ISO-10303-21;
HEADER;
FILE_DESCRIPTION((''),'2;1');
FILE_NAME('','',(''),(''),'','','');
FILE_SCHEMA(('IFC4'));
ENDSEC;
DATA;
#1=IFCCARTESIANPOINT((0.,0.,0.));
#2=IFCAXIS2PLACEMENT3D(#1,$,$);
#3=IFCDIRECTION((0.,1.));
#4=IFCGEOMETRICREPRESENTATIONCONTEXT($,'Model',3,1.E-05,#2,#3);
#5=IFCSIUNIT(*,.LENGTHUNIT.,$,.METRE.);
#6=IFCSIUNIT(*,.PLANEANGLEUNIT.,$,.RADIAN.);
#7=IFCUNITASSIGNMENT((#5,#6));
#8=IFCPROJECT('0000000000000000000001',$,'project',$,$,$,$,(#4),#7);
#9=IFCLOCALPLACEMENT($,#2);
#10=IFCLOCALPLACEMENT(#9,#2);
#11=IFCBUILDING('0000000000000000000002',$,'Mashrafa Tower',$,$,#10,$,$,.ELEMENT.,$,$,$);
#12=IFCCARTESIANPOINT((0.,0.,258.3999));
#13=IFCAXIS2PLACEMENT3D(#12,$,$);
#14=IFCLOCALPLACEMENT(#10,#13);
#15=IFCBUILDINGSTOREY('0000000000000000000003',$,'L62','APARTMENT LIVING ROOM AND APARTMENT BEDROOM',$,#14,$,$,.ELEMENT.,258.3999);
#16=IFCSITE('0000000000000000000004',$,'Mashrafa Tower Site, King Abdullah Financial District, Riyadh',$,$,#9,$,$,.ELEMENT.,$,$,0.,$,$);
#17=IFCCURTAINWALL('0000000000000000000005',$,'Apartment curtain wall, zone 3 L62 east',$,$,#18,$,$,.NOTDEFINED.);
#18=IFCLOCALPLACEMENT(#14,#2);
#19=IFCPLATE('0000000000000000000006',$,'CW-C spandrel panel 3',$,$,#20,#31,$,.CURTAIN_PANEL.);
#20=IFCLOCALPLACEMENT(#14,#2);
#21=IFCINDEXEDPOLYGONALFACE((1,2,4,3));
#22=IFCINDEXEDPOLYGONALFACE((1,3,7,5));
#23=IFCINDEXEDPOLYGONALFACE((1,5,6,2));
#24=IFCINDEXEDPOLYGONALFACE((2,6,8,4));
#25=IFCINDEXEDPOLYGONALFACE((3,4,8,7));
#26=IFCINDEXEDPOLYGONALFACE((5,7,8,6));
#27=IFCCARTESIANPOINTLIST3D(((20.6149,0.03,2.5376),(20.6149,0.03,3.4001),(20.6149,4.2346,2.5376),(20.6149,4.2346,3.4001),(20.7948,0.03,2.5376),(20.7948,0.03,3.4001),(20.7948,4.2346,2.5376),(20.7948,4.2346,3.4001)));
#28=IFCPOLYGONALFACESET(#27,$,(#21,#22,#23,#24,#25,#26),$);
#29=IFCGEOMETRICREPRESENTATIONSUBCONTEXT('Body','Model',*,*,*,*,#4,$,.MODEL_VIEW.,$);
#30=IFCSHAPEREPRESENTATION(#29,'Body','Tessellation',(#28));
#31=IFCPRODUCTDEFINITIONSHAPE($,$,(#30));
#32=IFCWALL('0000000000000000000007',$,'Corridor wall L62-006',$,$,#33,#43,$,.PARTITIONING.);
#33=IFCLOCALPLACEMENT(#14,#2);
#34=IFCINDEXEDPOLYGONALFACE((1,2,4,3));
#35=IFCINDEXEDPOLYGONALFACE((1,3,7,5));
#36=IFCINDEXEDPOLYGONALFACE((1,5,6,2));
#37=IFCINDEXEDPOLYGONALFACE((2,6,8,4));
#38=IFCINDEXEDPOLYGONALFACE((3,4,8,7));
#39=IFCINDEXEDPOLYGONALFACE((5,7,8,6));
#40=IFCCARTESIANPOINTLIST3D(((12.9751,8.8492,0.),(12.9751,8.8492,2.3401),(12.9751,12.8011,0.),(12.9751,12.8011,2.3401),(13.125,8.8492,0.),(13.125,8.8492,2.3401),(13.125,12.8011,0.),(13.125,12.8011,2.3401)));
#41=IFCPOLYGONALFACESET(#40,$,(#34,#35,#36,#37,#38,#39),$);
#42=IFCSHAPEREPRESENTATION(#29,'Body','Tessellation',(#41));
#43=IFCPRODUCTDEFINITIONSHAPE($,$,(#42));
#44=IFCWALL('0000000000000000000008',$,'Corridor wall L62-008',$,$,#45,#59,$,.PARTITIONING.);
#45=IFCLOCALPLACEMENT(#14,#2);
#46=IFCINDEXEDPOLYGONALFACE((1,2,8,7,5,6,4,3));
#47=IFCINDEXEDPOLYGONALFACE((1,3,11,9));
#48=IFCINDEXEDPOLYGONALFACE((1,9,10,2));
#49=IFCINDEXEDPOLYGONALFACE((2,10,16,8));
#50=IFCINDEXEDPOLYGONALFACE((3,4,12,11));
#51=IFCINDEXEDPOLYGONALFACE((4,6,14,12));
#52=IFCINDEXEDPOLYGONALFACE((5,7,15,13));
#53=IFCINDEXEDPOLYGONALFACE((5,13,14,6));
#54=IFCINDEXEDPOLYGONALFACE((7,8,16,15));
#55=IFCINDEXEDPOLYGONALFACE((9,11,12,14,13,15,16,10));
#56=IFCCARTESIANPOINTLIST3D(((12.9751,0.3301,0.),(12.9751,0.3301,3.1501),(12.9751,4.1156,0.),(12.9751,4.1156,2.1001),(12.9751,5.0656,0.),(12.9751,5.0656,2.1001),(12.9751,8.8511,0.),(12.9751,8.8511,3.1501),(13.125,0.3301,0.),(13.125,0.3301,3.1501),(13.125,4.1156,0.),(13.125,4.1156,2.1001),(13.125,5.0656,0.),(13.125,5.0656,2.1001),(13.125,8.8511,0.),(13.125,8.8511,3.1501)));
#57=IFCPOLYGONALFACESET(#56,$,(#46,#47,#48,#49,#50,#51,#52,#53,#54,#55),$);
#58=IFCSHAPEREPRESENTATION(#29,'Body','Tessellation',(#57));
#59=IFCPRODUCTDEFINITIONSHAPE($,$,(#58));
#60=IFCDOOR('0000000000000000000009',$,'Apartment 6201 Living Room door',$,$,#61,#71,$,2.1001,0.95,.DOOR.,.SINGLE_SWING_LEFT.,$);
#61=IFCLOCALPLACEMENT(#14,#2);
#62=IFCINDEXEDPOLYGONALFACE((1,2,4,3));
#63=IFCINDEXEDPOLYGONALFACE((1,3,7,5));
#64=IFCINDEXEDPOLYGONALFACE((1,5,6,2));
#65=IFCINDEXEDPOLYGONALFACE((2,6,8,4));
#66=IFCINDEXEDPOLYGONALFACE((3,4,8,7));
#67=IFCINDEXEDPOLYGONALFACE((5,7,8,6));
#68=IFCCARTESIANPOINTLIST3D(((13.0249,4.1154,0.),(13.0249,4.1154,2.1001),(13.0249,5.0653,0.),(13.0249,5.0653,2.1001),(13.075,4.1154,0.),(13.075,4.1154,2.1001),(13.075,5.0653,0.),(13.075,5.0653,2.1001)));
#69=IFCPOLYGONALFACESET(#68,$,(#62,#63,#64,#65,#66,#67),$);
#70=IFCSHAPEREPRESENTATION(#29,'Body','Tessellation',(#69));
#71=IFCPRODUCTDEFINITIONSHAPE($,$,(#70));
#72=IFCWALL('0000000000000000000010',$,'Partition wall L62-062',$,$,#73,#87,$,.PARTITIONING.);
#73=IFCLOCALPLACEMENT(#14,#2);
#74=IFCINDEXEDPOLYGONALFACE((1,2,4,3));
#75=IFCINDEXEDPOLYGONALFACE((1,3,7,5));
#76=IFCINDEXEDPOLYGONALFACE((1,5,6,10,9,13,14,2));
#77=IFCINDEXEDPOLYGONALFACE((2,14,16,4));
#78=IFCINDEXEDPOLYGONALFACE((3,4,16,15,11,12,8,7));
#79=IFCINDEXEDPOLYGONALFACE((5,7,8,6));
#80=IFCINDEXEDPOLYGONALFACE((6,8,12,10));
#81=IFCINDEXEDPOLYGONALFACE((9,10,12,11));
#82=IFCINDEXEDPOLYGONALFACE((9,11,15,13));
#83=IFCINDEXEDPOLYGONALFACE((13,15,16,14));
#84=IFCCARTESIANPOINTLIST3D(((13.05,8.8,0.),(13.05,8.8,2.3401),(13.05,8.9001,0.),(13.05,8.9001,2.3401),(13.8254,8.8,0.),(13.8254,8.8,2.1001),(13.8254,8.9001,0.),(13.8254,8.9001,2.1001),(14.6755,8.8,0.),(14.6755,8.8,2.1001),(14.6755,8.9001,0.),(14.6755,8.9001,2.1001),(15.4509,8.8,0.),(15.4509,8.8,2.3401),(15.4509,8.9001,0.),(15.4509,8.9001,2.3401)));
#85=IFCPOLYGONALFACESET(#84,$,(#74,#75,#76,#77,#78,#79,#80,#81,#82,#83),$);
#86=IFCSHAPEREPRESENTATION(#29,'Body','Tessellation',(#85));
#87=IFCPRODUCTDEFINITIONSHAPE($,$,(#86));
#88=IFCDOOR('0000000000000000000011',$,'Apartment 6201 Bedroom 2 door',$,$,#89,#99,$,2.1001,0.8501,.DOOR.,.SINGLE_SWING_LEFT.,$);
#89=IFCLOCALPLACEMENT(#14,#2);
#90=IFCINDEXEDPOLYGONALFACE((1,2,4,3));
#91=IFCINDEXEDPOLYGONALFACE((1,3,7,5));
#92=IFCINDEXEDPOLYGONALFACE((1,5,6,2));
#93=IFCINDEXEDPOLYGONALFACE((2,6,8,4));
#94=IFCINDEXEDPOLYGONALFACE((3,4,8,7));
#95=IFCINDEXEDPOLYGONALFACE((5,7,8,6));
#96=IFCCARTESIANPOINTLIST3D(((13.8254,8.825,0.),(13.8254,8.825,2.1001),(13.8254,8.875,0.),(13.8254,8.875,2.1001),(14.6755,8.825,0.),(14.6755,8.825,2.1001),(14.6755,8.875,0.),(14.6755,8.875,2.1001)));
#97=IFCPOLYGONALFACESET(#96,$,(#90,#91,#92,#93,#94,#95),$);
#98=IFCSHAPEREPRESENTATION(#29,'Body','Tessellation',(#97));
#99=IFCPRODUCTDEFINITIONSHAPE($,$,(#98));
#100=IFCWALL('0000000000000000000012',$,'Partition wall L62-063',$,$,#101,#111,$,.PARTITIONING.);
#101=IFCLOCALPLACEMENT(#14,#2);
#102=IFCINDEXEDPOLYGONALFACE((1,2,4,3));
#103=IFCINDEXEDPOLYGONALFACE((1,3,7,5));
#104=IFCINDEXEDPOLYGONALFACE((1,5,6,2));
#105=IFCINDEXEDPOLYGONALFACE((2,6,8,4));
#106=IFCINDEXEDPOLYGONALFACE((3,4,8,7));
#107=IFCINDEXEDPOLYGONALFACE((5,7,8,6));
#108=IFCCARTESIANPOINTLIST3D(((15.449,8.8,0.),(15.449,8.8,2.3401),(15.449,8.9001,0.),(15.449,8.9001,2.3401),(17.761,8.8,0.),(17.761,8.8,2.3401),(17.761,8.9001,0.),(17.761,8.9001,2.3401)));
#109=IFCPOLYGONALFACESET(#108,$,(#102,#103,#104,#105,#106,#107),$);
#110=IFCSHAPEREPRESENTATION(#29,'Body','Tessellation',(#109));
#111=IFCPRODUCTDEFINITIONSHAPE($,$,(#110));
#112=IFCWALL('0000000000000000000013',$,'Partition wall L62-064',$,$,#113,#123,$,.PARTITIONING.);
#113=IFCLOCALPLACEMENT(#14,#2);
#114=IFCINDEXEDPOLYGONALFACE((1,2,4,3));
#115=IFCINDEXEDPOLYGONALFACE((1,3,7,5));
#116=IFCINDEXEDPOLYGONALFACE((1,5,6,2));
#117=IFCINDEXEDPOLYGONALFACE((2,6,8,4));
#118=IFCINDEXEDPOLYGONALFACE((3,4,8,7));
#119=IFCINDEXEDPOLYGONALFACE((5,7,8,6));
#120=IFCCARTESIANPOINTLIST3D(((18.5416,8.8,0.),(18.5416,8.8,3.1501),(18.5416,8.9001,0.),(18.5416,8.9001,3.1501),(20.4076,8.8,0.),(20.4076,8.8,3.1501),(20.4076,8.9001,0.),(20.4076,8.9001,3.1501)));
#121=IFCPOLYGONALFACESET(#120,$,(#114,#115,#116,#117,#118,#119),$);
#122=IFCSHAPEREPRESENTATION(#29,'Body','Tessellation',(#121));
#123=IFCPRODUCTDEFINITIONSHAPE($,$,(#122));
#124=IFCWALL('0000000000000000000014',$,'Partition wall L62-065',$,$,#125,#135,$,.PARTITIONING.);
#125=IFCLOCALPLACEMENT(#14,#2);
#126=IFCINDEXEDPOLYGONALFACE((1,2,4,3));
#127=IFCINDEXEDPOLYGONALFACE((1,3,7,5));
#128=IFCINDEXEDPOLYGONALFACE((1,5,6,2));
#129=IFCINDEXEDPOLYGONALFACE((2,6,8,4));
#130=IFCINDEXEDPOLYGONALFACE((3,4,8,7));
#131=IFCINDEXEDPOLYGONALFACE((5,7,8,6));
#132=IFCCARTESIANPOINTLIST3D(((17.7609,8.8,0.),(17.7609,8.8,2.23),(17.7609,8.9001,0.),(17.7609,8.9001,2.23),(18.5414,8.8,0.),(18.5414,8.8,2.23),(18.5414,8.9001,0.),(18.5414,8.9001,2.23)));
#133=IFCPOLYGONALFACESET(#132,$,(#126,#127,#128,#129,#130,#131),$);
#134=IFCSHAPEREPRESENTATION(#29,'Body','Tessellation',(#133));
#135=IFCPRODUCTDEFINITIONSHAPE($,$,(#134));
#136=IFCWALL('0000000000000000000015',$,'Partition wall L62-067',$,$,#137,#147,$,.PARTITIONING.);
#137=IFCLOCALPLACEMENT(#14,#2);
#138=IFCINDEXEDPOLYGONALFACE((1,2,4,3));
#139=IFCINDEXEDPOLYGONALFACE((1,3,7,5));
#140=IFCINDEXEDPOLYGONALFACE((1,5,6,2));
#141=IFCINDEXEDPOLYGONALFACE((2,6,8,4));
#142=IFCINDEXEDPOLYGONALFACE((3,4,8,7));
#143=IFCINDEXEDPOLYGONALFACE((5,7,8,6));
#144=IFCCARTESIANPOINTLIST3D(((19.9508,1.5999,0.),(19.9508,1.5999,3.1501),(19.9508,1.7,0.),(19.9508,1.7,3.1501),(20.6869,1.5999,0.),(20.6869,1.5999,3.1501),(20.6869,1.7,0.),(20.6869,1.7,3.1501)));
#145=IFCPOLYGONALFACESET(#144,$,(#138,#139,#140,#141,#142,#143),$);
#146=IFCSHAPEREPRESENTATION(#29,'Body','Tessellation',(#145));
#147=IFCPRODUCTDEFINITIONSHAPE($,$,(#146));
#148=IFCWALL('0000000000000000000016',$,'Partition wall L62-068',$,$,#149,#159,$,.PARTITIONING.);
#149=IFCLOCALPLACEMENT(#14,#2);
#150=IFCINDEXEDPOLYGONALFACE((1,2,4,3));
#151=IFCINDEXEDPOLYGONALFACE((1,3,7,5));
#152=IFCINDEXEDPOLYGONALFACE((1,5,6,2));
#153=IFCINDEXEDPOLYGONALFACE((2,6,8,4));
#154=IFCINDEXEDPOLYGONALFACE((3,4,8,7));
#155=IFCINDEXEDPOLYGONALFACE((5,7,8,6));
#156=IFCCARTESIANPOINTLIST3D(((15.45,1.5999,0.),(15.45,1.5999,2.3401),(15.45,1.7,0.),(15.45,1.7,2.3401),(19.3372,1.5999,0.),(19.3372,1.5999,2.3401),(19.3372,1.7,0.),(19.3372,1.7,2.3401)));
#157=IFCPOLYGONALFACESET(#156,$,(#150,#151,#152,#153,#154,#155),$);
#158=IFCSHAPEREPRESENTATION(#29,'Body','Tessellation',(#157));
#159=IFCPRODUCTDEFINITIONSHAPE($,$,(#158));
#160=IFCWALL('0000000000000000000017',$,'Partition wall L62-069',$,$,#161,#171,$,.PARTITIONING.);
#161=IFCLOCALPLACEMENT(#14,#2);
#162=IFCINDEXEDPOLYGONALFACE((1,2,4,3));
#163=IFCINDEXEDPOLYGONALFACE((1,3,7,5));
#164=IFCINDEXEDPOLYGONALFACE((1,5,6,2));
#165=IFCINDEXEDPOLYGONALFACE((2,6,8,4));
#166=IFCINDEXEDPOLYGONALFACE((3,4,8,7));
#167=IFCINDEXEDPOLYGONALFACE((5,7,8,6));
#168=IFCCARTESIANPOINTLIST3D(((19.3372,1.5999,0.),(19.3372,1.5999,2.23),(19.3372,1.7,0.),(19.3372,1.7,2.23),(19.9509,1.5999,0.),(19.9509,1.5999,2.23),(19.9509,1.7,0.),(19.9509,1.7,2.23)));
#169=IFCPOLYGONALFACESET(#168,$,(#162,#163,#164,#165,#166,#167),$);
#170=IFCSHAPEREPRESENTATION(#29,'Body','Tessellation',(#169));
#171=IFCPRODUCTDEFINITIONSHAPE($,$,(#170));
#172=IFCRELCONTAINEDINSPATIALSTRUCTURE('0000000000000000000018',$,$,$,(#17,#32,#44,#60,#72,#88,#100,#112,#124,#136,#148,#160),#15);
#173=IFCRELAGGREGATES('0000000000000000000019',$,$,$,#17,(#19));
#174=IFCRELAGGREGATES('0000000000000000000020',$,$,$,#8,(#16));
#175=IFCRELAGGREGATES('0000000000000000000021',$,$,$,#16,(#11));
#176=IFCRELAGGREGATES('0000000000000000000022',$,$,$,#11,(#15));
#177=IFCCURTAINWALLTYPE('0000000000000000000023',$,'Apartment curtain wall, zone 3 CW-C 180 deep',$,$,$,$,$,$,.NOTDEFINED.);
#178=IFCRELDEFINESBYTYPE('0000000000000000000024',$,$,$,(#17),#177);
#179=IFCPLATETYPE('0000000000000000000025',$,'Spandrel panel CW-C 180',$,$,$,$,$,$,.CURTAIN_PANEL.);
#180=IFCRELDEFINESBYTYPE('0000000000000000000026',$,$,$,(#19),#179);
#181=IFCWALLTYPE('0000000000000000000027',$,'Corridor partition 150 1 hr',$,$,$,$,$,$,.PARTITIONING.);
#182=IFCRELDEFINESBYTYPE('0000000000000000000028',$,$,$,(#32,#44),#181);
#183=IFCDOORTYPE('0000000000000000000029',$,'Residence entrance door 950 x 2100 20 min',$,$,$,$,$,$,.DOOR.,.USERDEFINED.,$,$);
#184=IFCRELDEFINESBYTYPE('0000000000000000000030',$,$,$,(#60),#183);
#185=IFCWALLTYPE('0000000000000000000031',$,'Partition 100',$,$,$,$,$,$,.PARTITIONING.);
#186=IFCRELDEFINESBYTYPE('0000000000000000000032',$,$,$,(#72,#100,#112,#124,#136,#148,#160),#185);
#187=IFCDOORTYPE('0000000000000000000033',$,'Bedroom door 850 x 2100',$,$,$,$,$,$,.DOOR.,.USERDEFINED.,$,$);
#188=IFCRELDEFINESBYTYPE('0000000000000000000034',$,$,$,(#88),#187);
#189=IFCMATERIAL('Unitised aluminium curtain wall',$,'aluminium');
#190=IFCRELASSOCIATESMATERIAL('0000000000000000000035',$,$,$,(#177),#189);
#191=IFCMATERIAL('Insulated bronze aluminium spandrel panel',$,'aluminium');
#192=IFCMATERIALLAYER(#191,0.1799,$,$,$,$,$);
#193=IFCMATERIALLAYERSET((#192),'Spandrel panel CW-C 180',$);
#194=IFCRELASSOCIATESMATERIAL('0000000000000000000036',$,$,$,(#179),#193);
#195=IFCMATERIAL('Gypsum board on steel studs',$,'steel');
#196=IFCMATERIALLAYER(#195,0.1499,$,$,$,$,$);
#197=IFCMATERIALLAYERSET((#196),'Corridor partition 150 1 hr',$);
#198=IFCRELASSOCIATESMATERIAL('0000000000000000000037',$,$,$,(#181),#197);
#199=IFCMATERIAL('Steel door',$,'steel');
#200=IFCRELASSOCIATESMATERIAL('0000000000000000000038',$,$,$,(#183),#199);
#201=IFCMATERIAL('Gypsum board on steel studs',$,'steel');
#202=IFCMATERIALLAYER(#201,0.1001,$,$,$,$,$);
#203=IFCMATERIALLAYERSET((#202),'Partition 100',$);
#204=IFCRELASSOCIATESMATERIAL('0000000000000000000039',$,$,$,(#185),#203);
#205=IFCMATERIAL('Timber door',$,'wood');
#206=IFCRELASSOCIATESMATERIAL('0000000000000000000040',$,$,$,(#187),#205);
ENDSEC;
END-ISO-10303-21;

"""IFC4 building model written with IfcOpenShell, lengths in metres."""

from ifc_helpers import new_model, si_unit, direction, frame, frame_2d, origin, origin_2d, place, context, subcontext, project, spatial, rectangle, extrude, source, transform, mapped, material, layer, layer_set, type_object, element, fill, aggregate, save


model = new_model("IFC4")

# Units and contexts
model_context = context("Model", 3, precision=1e-05, world=origin(), true_north=direction((0.0, 1.0)))
body_context = subcontext(model_context, "Body", "Model", "MODEL_VIEW")
ifc_project = project(units=[si_unit("LENGTHUNIT", "METRE"), si_unit("PLANEANGLEUNIT", "RADIAN")], contexts=[model_context])

# Site, building, storey
site_placement = place(None, origin())
site = spatial("IfcSite", under=ifc_project, at=site_placement, Name="Mashrafa Tower Site, King Abdullah Financial District, Riyadh", CompositionType="ELEMENT", RefElevation=0.0)
building_placement = place(site_placement, origin())
building = spatial("IfcBuilding", under=site, at=building_placement, Name="Mashrafa Tower", CompositionType="ELEMENT")
storey_placement = place(building_placement, frame((0.0, 0.0, 258.3999)))
storey = spatial("IfcBuildingStorey", under=building, at=storey_placement, Name="L62", Description="APARTMENT LIVING ROOM AND APARTMENT BEDROOM", CompositionType="ELEMENT", Elevation=258.3999)

# Curtain wall
ifc_material_1 = material(Name="Unitised aluminium curtain wall", Category="aluminium")
curtain_wall_type = type_object("IfcCurtainWallType", Name="Apartment curtain wall, zone 3 CW-C 180 deep", PredefinedType="NOTDEFINED", material=ifc_material_1)
curtain_wall_1_placement = place(storey_placement, origin())
curtain_wall_1 = element("IfcCurtainWall", 1, at=curtain_wall_1_placement, inside=storey, type_object=curtain_wall_type, Name="Apartment curtain wall, zone 3 L62 east", PredefinedType="NOTDEFINED")

# Plate
ifc_material_2 = material(Name="Insulated bronze aluminium spandrel panel", Category="aluminium")
ifc_layer_1 = layer(ifc_material_2, 0.1799)
ifc_layer_set_1 = layer_set([ifc_layer_1], Name="Spandrel panel CW-C 180")
plate_type_1 = type_object("IfcPlateType", Name="Spandrel panel CW-C 180", PredefinedType="CURTAIN_PANEL", material=ifc_layer_set_1)
shared_shape_1 = source(origin(), body_context, "Body", "SweptSolid", [
    extrude(rectangle(XDim=4.2046, YDim=0.1799, at=origin_2d()), origin(), (0.0, 0.0, 1.0), 0.8625),
])
plate_1_placement = place(storey_placement, frame((20.7048, 2.1323, 2.5376), z_axis=(0.0, 0.0, 1.0), x_axis=(0.0, 1.0, 0.0)))
plate_1 = element("IfcPlate", 2, at=plate_1_placement, type_object=plate_type_1, Name="CW-C spandrel panel 3", PredefinedType="CURTAIN_PANEL", context=body_context, shape_type="MappedRepresentation", body=[
    mapped(shared_shape_1, transform((0.0, 0.0, 0.0))),
])
aggregate(curtain_wall_1, [plate_1])

# Wall
ifc_material_3 = material(Name="Gypsum board on steel studs", Category="steel")
ifc_layer_2 = layer(ifc_material_3, 0.1499)
ifc_layer_set_2 = layer_set([ifc_layer_2], Name="Corridor partition 150 1 hr")
wall_type_1 = type_object("IfcWallType", Name="Corridor partition 150 1 hr", PredefinedType="PARTITIONING", material=ifc_layer_set_2)
wall_1_placement = place(storey_placement, frame((13.05, 8.8491, 0.0), z_axis=(0.0, 0.0, 1.0), x_axis=(0.0, 1.0, 0.0)))
element("IfcWall", 3, at=wall_1_placement, inside=storey, type_object=wall_type_1, Name="Corridor wall L62-006", PredefinedType="PARTITIONING", context=body_context, shape_type="SweptSolid", body=[
    extrude(rectangle(XDim=3.9519, YDim=0.1499, at=frame_2d((1.9761, 0.0))), origin(), (0.0, 0.0, 1.0), 2.3401),
])

# Walls, openings, doors
wall_2_placement = place(storey_placement, frame((13.05, 0.3301, 0.0), z_axis=(0.0, 0.0, 1.0), x_axis=(0.0, 1.0, 0.0)))
wall_2 = element("IfcWall", 4, at=wall_2_placement, inside=storey, type_object=wall_type_1, Name="Corridor wall L62-008", PredefinedType="PARTITIONING", context=body_context, shape_type="SweptSolid", body=[
    extrude(rectangle(XDim=8.521, YDim=0.1499, at=frame_2d((4.2605, 0.0))), origin(), (0.0, 0.0, 1.0), 3.1501),
])
opening_1_placement = place(wall_2_placement, frame((3.7854, 0.0, 0.0)))
opening_1 = element("IfcOpeningElement", 5, at=opening_1_placement, cuts=wall_2, PredefinedType="OPENING", context=body_context, shape_type="SweptSolid", body=[
    extrude(rectangle(XDim=0.95, YDim=2.1001, at=frame_2d((0.4751, 1.05))), frame((0.0, 0.085, 0.0), z_axis=(0.0, -1.0, 0.0), x_axis=(1.0, 0.0, 0.0)), (0.0, 0.0, 1.0), 0.1699),
])
ifc_material_4 = material(Name="Steel door", Category="steel")
door_type_1 = type_object("IfcDoorType", Name="Residence entrance door 950 x 2100 20 min", OperationType="USERDEFINED", PredefinedType="DOOR", material=ifc_material_4)
door_1_placement = place(opening_1_placement, frame((0.95, 0.0, 0.0), z_axis=(0.0, 0.0, 1.0), x_axis=(-1.0, 0.0, 0.0)))
door_1 = element("IfcDoor", 6, at=door_1_placement, inside=storey, type_object=door_type_1, Name="Apartment 6201 Living Room door", OperationType="SINGLE_SWING_LEFT", OverallHeight=2.1001, OverallWidth=0.95, PredefinedType="DOOR", context=body_context, shape_type="SweptSolid", body=[
    extrude(rectangle(XDim=0.95, YDim=2.1001, at=frame_2d((0.4751, 1.05))), frame((0.0, 0.0249, 0.0), z_axis=(0.0, -1.0, 0.0), x_axis=(1.0, 0.0, 0.0)), (0.0, 0.0, 1.0), 0.05),
])
fill(opening_1, door_1)
ifc_material_5 = material(Name="Gypsum board on steel studs", Category="steel")
ifc_layer_3 = layer(ifc_material_5, 0.1001)
ifc_layer_set_3 = layer_set([ifc_layer_3], Name="Partition 100")
wall_type_2 = type_object("IfcWallType", Name="Partition 100", PredefinedType="PARTITIONING", material=ifc_layer_set_3)
wall_3_placement = place(storey_placement, frame((13.05, 8.8501, 0.0), z_axis=(0.0, 0.0, 1.0), x_axis=(1.0, 0.0, 0.0)))
wall_3 = element("IfcWall", 7, at=wall_3_placement, inside=storey, type_object=wall_type_2, Name="Partition wall L62-062", PredefinedType="PARTITIONING", context=body_context, shape_type="SweptSolid", body=[
    extrude(rectangle(XDim=2.4009, YDim=0.1001, at=frame_2d((1.2004, 0.0))), origin(), (0.0, 0.0, 1.0), 2.3401),
])
opening_2_placement = place(wall_3_placement, frame((0.7754, 0.0, 0.0)))
opening_2 = element("IfcOpeningElement", 8, at=opening_2_placement, cuts=wall_3, PredefinedType="OPENING", context=body_context, shape_type="SweptSolid", body=[
    extrude(rectangle(XDim=0.8501, YDim=2.1001, at=frame_2d((0.425, 1.05))), frame((0.0, 0.0601, 0.0), z_axis=(0.0, -1.0, 0.0), x_axis=(1.0, 0.0, 0.0)), (0.0, 0.0, 1.0), 0.1201),
])
ifc_material_6 = material(Name="Timber door", Category="wood")
door_type_2 = type_object("IfcDoorType", Name="Bedroom door 850 x 2100", OperationType="USERDEFINED", PredefinedType="DOOR", material=ifc_material_6)
door_2_placement = place(opening_2_placement, origin())
door_2 = element("IfcDoor", 9, at=door_2_placement, inside=storey, type_object=door_type_2, Name="Apartment 6201 Bedroom 2 door", OperationType="SINGLE_SWING_LEFT", OverallHeight=2.1001, OverallWidth=0.8501, PredefinedType="DOOR", context=body_context, shape_type="SweptSolid", body=[
    extrude(rectangle(XDim=0.8501, YDim=2.1001, at=frame_2d((0.425, 1.05))), frame((0.0, 0.0249, 0.0), z_axis=(0.0, -1.0, 0.0), x_axis=(1.0, 0.0, 0.0)), (0.0, 0.0, 1.0), 0.05),
])
fill(opening_2, door_2)

# Walls
wall_4_placement = place(storey_placement, frame((15.449, 8.8501, 0.0), z_axis=(0.0, 0.0, 1.0), x_axis=(1.0, 0.0, 0.0)))
element("IfcWall", 10, at=wall_4_placement, inside=storey, type_object=wall_type_2, Name="Partition wall L62-063", PredefinedType="PARTITIONING", context=body_context, shape_type="SweptSolid", body=[
    extrude(rectangle(XDim=2.312, YDim=0.1001, at=frame_2d((1.156, 0.0))), origin(), (0.0, 0.0, 1.0), 2.3401),
])
wall_5_placement = place(storey_placement, frame((18.5415, 8.8501, 0.0), z_axis=(0.0, 0.0, 1.0), x_axis=(1.0, 0.0, 0.0)))
element("IfcWall", 11, at=wall_5_placement, inside=storey, type_object=wall_type_2, Name="Partition wall L62-064", PredefinedType="PARTITIONING", context=body_context, shape_type="SweptSolid", body=[
    extrude(rectangle(XDim=1.866, YDim=0.1001, at=frame_2d((0.9331, 0.0))), origin(), (0.0, 0.0, 1.0), 3.1501),
])
wall_6_placement = place(storey_placement, frame((17.761, 8.8501, 0.0), z_axis=(0.0, 0.0, 1.0), x_axis=(1.0, 0.0, 0.0)))
element("IfcWall", 12, at=wall_6_placement, inside=storey, type_object=wall_type_2, Name="Partition wall L62-065", PredefinedType="PARTITIONING", context=body_context, shape_type="SweptSolid", body=[
    extrude(rectangle(XDim=0.7805, YDim=0.1001, at=frame_2d((0.3901, 0.0))), origin(), (0.0, 0.0, 1.0), 2.23),
])
wall_7_placement = place(storey_placement, frame((20.687, 1.6499, 0.0), z_axis=(0.0, 0.0, 1.0), x_axis=(-1.0, 0.0, 0.0)))
element("IfcWall", 13, at=wall_7_placement, inside=storey, type_object=wall_type_2, Name="Partition wall L62-067", PredefinedType="PARTITIONING", context=body_context, shape_type="SweptSolid", body=[
    extrude(rectangle(XDim=0.7361, YDim=0.1001, at=frame_2d((0.3682, 0.0))), origin(), (0.0, 0.0, 1.0), 3.1501),
])
wall_8_placement = place(storey_placement, frame((19.3372, 1.6499, 0.0), z_axis=(0.0, 0.0, 1.0), x_axis=(-1.0, 0.0, 0.0)))
element("IfcWall", 14, at=wall_8_placement, inside=storey, type_object=wall_type_2, Name="Partition wall L62-068", PredefinedType="PARTITIONING", context=body_context, shape_type="SweptSolid", body=[
    extrude(rectangle(XDim=3.8872, YDim=0.1001, at=frame_2d((1.9436, 0.0))), origin(), (0.0, 0.0, 1.0), 2.3401),
])
wall_9_placement = place(storey_placement, frame((19.9509, 1.6499, 0.0), z_axis=(0.0, 0.0, 1.0), x_axis=(-1.0, 0.0, 0.0)))
element("IfcWall", 15, at=wall_9_placement, inside=storey, type_object=wall_type_2, Name="Partition wall L62-069", PredefinedType="PARTITIONING", context=body_context, shape_type="SweptSolid", body=[
    extrude(rectangle(XDim=0.6138, YDim=0.1001, at=frame_2d((0.3069, 0.0))), origin(), (0.0, 0.0, 1.0), 2.23),
])

save(model, "model.ifc")
